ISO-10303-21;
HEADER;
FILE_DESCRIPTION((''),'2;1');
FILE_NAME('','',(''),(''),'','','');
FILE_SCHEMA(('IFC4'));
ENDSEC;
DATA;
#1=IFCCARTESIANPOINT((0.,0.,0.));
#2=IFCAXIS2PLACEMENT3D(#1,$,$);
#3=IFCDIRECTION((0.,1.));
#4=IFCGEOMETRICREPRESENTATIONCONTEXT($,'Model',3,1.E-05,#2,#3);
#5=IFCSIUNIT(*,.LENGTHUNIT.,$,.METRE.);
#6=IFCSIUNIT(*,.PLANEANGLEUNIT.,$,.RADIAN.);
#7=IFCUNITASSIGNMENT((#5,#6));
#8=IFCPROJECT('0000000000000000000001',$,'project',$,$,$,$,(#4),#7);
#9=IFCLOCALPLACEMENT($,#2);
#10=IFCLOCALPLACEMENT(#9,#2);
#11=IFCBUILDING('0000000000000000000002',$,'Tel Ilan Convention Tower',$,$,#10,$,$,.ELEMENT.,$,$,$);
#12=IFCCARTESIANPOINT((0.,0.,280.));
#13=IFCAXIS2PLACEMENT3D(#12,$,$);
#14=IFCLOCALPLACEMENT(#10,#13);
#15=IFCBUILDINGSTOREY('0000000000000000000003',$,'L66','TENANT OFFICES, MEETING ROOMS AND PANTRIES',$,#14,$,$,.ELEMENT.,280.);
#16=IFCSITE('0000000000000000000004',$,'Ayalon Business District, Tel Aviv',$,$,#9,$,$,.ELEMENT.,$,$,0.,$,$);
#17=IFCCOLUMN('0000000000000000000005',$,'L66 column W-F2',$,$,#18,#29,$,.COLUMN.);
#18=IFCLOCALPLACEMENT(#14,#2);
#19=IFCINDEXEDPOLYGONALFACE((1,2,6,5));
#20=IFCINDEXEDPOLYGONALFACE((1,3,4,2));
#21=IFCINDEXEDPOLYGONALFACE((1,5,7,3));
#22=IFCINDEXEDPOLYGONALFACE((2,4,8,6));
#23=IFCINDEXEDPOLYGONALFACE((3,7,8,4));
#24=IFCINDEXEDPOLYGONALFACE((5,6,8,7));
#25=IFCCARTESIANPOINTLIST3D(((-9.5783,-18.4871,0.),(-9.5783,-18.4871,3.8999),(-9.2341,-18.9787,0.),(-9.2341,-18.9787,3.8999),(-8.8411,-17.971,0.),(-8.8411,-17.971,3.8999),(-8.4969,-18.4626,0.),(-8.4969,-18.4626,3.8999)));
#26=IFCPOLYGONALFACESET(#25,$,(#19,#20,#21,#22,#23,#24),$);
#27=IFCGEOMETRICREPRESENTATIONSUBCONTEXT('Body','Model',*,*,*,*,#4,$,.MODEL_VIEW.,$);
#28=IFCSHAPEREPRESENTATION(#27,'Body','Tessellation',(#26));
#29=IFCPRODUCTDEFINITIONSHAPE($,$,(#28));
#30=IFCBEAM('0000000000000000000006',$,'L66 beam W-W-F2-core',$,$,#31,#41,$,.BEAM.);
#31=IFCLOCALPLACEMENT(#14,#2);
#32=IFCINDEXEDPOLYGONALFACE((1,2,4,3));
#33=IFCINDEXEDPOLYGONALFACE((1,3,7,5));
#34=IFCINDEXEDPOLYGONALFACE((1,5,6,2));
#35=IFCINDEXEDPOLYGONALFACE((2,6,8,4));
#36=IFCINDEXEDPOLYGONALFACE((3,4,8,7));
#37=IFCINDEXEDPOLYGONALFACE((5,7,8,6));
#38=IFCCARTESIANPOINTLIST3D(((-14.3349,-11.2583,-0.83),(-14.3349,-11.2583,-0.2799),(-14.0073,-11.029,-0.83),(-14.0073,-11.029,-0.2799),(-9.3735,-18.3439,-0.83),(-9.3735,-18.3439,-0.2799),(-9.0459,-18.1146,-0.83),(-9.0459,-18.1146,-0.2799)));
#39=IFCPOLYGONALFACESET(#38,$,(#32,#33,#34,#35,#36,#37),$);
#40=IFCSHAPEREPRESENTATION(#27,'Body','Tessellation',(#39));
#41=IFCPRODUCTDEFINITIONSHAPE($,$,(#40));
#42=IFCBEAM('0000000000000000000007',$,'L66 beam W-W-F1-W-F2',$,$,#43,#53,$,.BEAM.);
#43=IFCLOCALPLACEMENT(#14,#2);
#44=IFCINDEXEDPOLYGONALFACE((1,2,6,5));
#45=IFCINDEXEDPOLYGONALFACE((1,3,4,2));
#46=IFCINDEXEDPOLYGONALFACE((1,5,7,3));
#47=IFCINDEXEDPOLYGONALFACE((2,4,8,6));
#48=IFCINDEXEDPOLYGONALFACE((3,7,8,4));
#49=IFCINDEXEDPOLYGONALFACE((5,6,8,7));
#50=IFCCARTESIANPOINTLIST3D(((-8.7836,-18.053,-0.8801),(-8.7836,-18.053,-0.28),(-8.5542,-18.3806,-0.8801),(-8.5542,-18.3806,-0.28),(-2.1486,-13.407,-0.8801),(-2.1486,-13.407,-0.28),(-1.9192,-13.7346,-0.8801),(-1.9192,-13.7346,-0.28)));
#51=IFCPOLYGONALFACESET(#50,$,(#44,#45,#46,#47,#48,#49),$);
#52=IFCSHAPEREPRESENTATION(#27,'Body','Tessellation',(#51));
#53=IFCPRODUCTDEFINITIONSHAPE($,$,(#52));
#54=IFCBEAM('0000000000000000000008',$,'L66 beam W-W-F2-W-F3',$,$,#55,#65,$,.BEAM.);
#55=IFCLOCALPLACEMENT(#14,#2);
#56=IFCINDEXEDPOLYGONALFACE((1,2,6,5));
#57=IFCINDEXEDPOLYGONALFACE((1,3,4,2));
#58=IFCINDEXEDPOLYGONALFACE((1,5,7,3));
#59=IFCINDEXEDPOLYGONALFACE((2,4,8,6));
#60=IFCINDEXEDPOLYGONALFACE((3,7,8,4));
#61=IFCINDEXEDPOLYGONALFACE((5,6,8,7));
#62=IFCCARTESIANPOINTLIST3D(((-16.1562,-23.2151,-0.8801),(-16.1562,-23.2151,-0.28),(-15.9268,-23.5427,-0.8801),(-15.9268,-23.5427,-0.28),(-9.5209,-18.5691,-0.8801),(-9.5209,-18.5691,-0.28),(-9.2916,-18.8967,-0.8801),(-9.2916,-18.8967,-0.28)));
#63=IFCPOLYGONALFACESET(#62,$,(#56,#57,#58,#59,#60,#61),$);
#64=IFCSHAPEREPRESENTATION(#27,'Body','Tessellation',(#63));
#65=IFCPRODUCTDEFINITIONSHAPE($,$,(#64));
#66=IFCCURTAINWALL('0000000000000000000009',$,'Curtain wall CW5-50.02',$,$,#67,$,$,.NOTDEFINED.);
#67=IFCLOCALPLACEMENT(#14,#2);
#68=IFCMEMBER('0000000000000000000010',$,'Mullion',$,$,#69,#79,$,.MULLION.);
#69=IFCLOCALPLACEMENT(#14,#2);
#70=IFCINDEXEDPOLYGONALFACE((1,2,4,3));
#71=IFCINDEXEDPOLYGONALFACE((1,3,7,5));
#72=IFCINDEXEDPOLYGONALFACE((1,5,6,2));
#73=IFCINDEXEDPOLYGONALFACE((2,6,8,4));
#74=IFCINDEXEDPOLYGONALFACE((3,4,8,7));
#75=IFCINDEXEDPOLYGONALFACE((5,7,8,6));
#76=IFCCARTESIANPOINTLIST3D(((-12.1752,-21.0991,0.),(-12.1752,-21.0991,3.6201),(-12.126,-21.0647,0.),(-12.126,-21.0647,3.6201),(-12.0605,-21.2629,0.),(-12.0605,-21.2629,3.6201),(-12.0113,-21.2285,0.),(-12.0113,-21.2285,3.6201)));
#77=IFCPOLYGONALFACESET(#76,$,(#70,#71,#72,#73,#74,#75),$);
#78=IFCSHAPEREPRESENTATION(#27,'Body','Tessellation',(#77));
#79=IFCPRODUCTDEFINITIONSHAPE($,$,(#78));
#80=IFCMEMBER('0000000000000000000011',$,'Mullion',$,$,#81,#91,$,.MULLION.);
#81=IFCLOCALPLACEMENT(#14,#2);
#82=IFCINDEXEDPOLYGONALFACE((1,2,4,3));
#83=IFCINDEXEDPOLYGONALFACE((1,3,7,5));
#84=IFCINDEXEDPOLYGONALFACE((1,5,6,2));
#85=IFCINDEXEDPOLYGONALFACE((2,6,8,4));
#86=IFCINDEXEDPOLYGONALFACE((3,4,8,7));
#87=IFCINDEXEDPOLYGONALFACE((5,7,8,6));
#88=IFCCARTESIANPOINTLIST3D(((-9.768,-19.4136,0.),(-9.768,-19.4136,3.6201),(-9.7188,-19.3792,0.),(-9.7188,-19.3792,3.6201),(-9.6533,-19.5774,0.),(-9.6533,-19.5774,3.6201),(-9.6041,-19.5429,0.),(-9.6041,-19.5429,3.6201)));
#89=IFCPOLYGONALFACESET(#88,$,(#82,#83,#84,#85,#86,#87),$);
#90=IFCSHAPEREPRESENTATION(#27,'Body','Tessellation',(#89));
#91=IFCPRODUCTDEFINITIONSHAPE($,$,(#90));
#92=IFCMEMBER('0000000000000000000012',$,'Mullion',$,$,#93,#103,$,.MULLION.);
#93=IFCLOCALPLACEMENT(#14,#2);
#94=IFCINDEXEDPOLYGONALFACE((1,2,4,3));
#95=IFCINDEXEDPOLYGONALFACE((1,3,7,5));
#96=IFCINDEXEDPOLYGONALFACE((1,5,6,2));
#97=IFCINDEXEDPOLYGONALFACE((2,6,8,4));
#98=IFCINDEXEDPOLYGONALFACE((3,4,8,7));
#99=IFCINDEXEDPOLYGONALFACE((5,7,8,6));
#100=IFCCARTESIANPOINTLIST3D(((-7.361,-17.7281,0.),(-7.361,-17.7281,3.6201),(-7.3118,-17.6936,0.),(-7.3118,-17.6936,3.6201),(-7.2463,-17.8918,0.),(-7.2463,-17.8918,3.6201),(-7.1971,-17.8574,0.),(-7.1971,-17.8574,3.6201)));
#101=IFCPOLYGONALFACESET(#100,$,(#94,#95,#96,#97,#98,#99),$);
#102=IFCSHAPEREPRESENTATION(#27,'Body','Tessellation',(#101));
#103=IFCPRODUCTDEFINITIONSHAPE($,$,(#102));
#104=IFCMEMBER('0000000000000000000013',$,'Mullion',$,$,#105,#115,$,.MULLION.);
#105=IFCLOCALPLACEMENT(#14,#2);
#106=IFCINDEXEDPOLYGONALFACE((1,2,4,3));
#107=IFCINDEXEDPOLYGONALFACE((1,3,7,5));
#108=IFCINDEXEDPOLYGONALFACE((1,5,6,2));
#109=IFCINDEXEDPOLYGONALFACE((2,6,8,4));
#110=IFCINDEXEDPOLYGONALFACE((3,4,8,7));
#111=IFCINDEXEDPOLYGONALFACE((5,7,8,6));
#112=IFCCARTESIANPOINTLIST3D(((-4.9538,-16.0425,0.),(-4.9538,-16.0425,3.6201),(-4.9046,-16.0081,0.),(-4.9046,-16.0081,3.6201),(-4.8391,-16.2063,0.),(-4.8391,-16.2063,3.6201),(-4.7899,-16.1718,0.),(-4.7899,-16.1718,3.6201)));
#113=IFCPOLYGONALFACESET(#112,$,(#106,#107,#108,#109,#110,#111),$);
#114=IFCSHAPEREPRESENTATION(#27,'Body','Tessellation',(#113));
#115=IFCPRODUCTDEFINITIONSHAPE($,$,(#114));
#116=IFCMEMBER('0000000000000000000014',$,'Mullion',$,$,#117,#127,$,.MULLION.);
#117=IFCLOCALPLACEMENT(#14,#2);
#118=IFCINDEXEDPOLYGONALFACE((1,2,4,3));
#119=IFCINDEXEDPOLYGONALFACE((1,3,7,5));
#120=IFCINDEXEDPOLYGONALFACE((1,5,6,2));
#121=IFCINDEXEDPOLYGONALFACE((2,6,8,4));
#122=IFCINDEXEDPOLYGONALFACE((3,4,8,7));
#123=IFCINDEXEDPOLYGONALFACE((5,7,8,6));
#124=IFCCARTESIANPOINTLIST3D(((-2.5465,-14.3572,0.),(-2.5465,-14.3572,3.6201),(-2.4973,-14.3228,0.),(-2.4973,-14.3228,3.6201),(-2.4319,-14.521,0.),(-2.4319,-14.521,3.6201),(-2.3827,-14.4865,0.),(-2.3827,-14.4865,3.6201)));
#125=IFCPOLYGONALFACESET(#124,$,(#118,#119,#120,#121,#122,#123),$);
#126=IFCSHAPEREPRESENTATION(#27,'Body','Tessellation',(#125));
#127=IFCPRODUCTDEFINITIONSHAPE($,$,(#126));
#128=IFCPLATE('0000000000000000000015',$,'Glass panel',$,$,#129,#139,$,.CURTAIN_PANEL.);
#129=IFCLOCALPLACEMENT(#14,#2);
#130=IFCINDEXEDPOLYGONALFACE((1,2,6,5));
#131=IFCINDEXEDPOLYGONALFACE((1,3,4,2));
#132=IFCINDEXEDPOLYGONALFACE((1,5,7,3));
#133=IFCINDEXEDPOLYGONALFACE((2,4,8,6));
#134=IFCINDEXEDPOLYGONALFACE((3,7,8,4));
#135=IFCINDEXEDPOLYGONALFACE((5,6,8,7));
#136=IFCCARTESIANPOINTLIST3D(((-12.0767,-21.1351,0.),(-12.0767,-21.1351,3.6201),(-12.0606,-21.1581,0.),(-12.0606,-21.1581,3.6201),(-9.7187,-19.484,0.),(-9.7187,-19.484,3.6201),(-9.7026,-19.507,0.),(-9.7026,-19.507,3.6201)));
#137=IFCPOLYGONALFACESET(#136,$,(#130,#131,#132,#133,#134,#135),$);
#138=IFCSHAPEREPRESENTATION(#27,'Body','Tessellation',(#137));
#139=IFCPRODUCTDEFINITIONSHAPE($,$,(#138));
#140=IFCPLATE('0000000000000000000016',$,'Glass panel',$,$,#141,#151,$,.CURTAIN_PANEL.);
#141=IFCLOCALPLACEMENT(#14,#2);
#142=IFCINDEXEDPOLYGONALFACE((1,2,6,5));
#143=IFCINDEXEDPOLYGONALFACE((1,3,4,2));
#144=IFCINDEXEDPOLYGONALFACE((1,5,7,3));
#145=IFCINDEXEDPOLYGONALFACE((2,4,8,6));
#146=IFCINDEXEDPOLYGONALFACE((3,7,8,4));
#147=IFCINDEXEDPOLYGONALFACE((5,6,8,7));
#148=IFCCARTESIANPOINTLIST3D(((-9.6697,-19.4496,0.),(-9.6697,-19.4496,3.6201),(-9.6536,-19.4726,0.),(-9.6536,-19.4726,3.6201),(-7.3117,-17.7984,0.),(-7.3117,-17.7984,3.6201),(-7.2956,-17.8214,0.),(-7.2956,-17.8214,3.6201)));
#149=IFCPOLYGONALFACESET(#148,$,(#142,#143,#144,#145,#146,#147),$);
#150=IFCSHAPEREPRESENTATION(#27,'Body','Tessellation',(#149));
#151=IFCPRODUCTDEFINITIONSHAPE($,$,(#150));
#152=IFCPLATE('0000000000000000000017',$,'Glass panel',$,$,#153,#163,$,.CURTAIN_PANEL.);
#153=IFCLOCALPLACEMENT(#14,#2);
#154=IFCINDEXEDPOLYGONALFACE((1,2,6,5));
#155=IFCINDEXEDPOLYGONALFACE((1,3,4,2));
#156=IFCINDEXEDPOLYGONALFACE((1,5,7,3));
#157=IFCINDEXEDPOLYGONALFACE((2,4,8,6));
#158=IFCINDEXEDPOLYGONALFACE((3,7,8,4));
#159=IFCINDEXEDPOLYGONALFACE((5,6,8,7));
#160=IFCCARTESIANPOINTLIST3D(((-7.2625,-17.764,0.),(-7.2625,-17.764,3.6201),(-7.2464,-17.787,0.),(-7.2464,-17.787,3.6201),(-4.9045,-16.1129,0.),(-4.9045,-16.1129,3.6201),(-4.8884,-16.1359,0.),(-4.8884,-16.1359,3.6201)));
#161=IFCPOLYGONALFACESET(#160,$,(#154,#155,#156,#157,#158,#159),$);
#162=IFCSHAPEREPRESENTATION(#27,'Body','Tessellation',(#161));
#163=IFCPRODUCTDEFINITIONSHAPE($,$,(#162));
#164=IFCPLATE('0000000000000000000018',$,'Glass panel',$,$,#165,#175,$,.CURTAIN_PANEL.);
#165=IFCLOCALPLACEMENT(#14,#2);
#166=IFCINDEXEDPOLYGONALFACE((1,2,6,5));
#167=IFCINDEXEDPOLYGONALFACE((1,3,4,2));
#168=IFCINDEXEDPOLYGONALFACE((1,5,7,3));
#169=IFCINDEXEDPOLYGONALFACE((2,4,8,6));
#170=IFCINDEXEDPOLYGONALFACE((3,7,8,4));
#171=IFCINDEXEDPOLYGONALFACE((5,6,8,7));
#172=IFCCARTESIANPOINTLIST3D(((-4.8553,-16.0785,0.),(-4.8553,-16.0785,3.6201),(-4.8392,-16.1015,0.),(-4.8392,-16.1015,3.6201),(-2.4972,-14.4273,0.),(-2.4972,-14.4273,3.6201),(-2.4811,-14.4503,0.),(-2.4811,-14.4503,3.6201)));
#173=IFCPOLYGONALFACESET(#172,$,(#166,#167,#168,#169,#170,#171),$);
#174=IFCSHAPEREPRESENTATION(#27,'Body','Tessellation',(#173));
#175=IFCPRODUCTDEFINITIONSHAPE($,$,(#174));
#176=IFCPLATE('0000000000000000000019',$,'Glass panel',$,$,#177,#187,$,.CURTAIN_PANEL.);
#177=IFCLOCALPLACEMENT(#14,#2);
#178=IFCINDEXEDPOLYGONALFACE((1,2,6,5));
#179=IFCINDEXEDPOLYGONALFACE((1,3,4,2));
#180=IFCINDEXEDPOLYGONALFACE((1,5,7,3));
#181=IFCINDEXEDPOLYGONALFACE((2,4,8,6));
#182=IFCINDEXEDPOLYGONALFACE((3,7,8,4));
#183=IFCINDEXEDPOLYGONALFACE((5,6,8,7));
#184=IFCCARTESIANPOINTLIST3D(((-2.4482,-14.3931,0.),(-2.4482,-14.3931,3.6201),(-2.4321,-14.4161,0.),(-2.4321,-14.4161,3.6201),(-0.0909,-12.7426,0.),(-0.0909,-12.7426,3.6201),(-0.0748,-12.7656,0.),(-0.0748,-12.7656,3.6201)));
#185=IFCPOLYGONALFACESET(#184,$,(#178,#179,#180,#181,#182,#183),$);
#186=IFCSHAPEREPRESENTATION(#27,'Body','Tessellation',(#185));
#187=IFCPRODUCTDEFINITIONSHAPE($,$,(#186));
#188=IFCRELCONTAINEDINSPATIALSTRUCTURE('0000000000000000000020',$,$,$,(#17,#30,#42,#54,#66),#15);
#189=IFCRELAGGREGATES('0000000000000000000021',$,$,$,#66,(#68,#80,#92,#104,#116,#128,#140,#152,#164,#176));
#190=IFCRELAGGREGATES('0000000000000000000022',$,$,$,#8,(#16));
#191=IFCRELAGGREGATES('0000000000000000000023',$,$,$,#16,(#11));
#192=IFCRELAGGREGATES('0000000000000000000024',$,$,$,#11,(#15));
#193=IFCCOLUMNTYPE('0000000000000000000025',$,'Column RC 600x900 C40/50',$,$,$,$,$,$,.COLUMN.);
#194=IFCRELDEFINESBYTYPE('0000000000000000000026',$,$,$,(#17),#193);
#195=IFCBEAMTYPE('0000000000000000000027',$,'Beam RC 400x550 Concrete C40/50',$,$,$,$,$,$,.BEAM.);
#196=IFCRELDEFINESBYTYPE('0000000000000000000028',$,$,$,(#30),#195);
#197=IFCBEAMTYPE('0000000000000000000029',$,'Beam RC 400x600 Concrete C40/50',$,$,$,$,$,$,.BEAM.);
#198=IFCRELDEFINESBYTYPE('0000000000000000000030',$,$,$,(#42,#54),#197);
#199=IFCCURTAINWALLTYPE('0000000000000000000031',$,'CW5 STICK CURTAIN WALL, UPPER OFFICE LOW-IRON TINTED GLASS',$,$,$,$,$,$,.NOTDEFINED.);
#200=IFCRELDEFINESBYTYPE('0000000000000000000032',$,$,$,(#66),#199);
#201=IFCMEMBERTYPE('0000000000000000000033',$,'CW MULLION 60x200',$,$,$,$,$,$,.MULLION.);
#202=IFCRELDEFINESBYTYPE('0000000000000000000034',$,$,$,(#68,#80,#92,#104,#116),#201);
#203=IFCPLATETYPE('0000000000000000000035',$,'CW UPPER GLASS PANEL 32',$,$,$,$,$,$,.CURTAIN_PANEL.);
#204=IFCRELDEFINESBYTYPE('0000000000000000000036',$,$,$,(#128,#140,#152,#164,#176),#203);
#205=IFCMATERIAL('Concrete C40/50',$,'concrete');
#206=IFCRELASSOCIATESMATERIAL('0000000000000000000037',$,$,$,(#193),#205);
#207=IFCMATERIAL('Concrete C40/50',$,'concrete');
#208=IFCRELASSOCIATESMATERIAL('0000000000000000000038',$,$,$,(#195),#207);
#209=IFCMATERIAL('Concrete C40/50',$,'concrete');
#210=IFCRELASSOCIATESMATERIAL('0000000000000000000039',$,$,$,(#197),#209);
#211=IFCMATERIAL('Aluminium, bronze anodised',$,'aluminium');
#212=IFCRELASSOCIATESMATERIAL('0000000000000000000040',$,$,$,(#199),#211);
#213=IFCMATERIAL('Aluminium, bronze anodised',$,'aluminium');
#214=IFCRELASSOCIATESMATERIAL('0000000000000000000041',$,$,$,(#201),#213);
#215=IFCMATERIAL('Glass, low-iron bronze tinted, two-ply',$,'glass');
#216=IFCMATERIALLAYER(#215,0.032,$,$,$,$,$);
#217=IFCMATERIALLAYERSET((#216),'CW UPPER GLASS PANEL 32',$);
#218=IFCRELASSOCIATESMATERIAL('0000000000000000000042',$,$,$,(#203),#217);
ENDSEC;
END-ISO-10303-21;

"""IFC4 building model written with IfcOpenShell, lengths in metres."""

from ifc_helpers import new_model, si_unit, direction, frame, origin, origin_2d, place, context, subcontext, project, spatial, rectangle, extrude, material, layer, layer_set, material_profile, profile_set, type_object, element, aggregate, save


model = new_model("IFC4")

# Units and contexts
model_context = context("Model", 3, precision=1e-05, world=origin(), true_north=direction((0.0, 1.0)))
body_context = subcontext(model_context, "Body", "Model", "MODEL_VIEW")
ifc_project = project(units=[si_unit("LENGTHUNIT", "METRE"), si_unit("PLANEANGLEUNIT", "RADIAN")], contexts=[model_context])

# Site, building, storey
site_placement = place(None, origin())
site = spatial("IfcSite", under=ifc_project, at=site_placement, Name="Ayalon Business District, Tel Aviv", CompositionType="ELEMENT", RefElevation=0.0)
building_placement = place(site_placement, origin())
building = spatial("IfcBuilding", under=site, at=building_placement, Name="Tel Ilan Convention Tower", CompositionType="ELEMENT")
storey_placement = place(building_placement, frame((0.0, 0.0, 280.0)))
storey = spatial("IfcBuildingStorey", under=building, at=storey_placement, Name="L66", Description="TENANT OFFICES, MEETING ROOMS AND PANTRIES", CompositionType="ELEMENT", Elevation=280.0)

# Column
ifc_material_1 = material(Name="Concrete C40/50", Category="concrete")
ifc_material_profile_1 = material_profile(ifc_material_1, rectangle(XDim=0.8999, YDim=0.6001, at=origin_2d()), Name="RC 600x900")
ifc_profile_set_1 = profile_set([ifc_material_profile_1], Name="Concrete C40/50")
column_type = type_object("IfcColumnType", Name="Column RC 600x900 C40/50", PredefinedType="COLUMN", material=ifc_profile_set_1)
column_placement = place(storey_placement, frame((-9.0376, -18.4749, 0.0), z_axis=(0.0, 0.0, 1.0), x_axis=(-0.819152, -0.573576, 0.0)))
element("IfcColumn", 1, at=column_placement, inside=storey, type_object=column_type, Name="L66 column W-F2", PredefinedType="COLUMN", context=body_context, shape_type="SweptSolid", body=[
    extrude(rectangle(XDim=0.8999, YDim=0.6001, at=origin_2d()), origin(), (0.0, 0.0, 1.0), 3.8999),
])

# Beams
ifc_material_2 = material(Name="Concrete C40/50", Category="concrete")
ifc_material_profile_2 = material_profile(ifc_material_2, rectangle(XDim=0.3999, YDim=0.55, at=origin_2d()), Name="RC 400x550")
ifc_profile_set_2 = profile_set([ifc_material_profile_2], Name="Concrete C40/50")
beam_type_1 = type_object("IfcBeamType", Name="Beam RC 400x550 Concrete C40/50", PredefinedType="BEAM", material=ifc_profile_set_2)
beam_1_placement = place(storey_placement, frame((-9.2097, -18.2292, -0.5549), z_axis=(-0.573574, 0.819154, 0.0), x_axis=(-0.819154, -0.573574, 0.0)))
element("IfcBeam", 2, at=beam_1_placement, inside=storey, type_object=beam_type_1, Name="L66 beam W-W-F2-core", PredefinedType="BEAM", context=body_context, shape_type="SweptSolid", body=[
    extrude(rectangle(XDim=0.3999, YDim=0.55, at=origin_2d()), origin(), (0.0, 0.0, 1.0), 8.6499),
])
ifc_material_3 = material(Name="Concrete C40/50", Category="concrete")
ifc_material_profile_3 = material_profile(ifc_material_3, rectangle(XDim=0.3999, YDim=0.6001, at=origin_2d()), Name="RC 400x600")
ifc_profile_set_3 = profile_set([ifc_material_profile_3], Name="Concrete C40/50")
beam_type_2 = type_object("IfcBeamType", Name="Beam RC 400x600 Concrete C40/50", PredefinedType="BEAM", material=ifc_profile_set_3)
beam_2_placement = place(storey_placement, frame((-2.0339, -13.5708, -0.5801), z_axis=(-0.819146, -0.573586, 0.0), x_axis=(0.573586, -0.819146, 0.0)))
element("IfcBeam", 3, at=beam_2_placement, inside=storey, type_object=beam_type_2, Name="L66 beam W-W-F1-W-F2", PredefinedType="BEAM", context=body_context, shape_type="SweptSolid", body=[
    extrude(rectangle(XDim=0.3999, YDim=0.6001, at=origin_2d()), origin(), (0.0, 0.0, 1.0), 8.0999),
])
beam_3_placement = place(storey_placement, frame((-9.4062, -18.7329, -0.5801), z_axis=(-0.819155, -0.573572, 0.0), x_axis=(0.573572, -0.819155, 0.0)))
element("IfcBeam", 4, at=beam_3_placement, inside=storey, type_object=beam_type_2, Name="L66 beam W-W-F2-W-F3", PredefinedType="BEAM", context=body_context, shape_type="SweptSolid", body=[
    extrude(rectangle(XDim=0.3999, YDim=0.6001, at=origin_2d()), origin(), (0.0, 0.0, 1.0), 8.1001),
])

# Curtain wall, members, plates
ifc_material_4 = material(Name="Aluminium, bronze anodised", Category="aluminium")
curtain_wall_type = type_object("IfcCurtainWallType", Name="CW5 STICK CURTAIN WALL, UPPER OFFICE LOW-IRON TINTED GLASS", PredefinedType="NOTDEFINED", material=ifc_material_4)
curtain_wall_placement = place(storey_placement, origin())
curtain_wall = element("IfcCurtainWall", 5, at=curtain_wall_placement, inside=storey, type_object=curtain_wall_type, Name="Curtain wall CW5-50.02", PredefinedType="NOTDEFINED")
ifc_material_5 = material(Name="Aluminium, bronze anodised", Category="aluminium")
ifc_material_profile_4 = material_profile(ifc_material_5, rectangle(XDim=0.0601, YDim=0.2, at=origin_2d()), Name="CW MULLION 60x200")
ifc_profile_set_4 = profile_set([ifc_material_profile_4], Name="Aluminium, bronze anodised")
member_type = type_object("IfcMemberType", Name="CW MULLION 60x200", PredefinedType="MULLION", material=ifc_profile_set_4)
member_1_placement = place(storey_placement, frame((-12.0933, -21.1638, 0.0), z_axis=(0.0, 0.0, 1.0), x_axis=(0.819152, 0.573576, 0.0)))
member_1 = element("IfcMember", 6, at=member_1_placement, type_object=member_type, Name="Mullion", PredefinedType="MULLION", context=body_context, shape_type="SweptSolid", body=[
    extrude(rectangle(XDim=0.0601, YDim=0.2, at=origin_2d()), origin(), (0.0, 0.0, 1.0), 3.6201),
])
member_2_placement = place(storey_placement, frame((-9.686, -19.4783, 0.0), z_axis=(0.0, 0.0, 1.0), x_axis=(0.819152, 0.573576, 0.0)))
member_2 = element("IfcMember", 7, at=member_2_placement, type_object=member_type, Name="Mullion", PredefinedType="MULLION", context=body_context, shape_type="SweptSolid", body=[
    extrude(rectangle(XDim=0.0601, YDim=0.2, at=origin_2d()), origin(), (0.0, 0.0, 1.0), 3.6201),
])
member_3_placement = place(storey_placement, frame((-7.2791, -17.7927, 0.0), z_axis=(0.0, 0.0, 1.0), x_axis=(0.819152, 0.573576, 0.0)))
member_3 = element("IfcMember", 8, at=member_3_placement, type_object=member_type, Name="Mullion", PredefinedType="MULLION", context=body_context, shape_type="SweptSolid", body=[
    extrude(rectangle(XDim=0.0601, YDim=0.2, at=origin_2d()), origin(), (0.0, 0.0, 1.0), 3.6201),
])
member_4_placement = place(storey_placement, frame((-4.8718, -16.1072, 0.0), z_axis=(0.0, 0.0, 1.0), x_axis=(0.819152, 0.573576, 0.0)))
member_4 = element("IfcMember", 9, at=member_4_placement, type_object=member_type, Name="Mullion", PredefinedType="MULLION", context=body_context, shape_type="SweptSolid", body=[
    extrude(rectangle(XDim=0.0601, YDim=0.2, at=origin_2d()), origin(), (0.0, 0.0, 1.0), 3.6201),
])
member_5_placement = place(storey_placement, frame((-2.4646, -14.4219, 0.0), z_axis=(0.0, 0.0, 1.0), x_axis=(0.819152, 0.573576, 0.0)))
member_5 = element("IfcMember", 10, at=member_5_placement, type_object=member_type, Name="Mullion", PredefinedType="MULLION", context=body_context, shape_type="SweptSolid", body=[
    extrude(rectangle(XDim=0.0601, YDim=0.2, at=origin_2d()), origin(), (0.0, 0.0, 1.0), 3.6201),
])
ifc_material_6 = material(Name="Glass, low-iron bronze tinted, two-ply", Category="glass")
ifc_layer_1 = layer(ifc_material_6, 0.032)
ifc_layer_set_1 = layer_set([ifc_layer_1], Name="CW UPPER GLASS PANEL 32")
plate_type = type_object("IfcPlateType", Name="CW UPPER GLASS PANEL 32", PredefinedType="CURTAIN_PANEL", material=ifc_layer_set_1)
plate_1_placement = place(storey_placement, frame((-10.8896, -20.321, 0.0), z_axis=(0.0, 0.0, 1.0), x_axis=(0.819152, 0.573576, 0.0)))
plate_1 = element("IfcPlate", 11, at=plate_1_placement, type_object=plate_type, Name="Glass panel", PredefinedType="CURTAIN_PANEL", context=body_context, shape_type="SweptSolid", body=[
    extrude(rectangle(XDim=2.8787, YDim=0.0281, at=origin_2d()), origin(), (0.0, 0.0, 1.0), 3.6201),
])
plate_2_placement = place(storey_placement, frame((-8.4827, -18.6355, 0.0), z_axis=(0.0, 0.0, 1.0), x_axis=(0.819152, 0.573576, 0.0)))
plate_2 = element("IfcPlate", 12, at=plate_2_placement, type_object=plate_type, Name="Glass panel", PredefinedType="CURTAIN_PANEL", context=body_context, shape_type="SweptSolid", body=[
    extrude(rectangle(XDim=2.8787, YDim=0.0281, at=origin_2d()), origin(), (0.0, 0.0, 1.0), 3.6201),
])
plate_3_placement = place(storey_placement, frame((-6.0754, -16.95, 0.0), z_axis=(0.0, 0.0, 1.0), x_axis=(0.819152, 0.573576, 0.0)))
plate_3 = element("IfcPlate", 13, at=plate_3_placement, type_object=plate_type, Name="Glass panel", PredefinedType="CURTAIN_PANEL", context=body_context, shape_type="SweptSolid", body=[
    extrude(rectangle(XDim=2.8787, YDim=0.0281, at=origin_2d()), origin(), (0.0, 0.0, 1.0), 3.6201),
])
plate_4_placement = place(storey_placement, frame((-3.6682, -15.2644, 0.0), z_axis=(0.0, 0.0, 1.0), x_axis=(0.819152, 0.573576, 0.0)))
plate_4 = element("IfcPlate", 14, at=plate_4_placement, type_object=plate_type, Name="Glass panel", PredefinedType="CURTAIN_PANEL", context=body_context, shape_type="SweptSolid", body=[
    extrude(rectangle(XDim=2.8787, YDim=0.0281, at=origin_2d()), origin(), (0.0, 0.0, 1.0), 3.6201),
])
plate_5_placement = place(storey_placement, frame((-1.2615, -13.5793, 0.0), z_axis=(0.0, 0.0, 1.0), x_axis=(0.819152, 0.573576, 0.0)))
plate_5 = element("IfcPlate", 15, at=plate_5_placement, type_object=plate_type, Name="Glass panel", PredefinedType="CURTAIN_PANEL", context=body_context, shape_type="SweptSolid", body=[
    extrude(rectangle(XDim=2.8777, YDim=0.0281, at=origin_2d()), origin(), (0.0, 0.0, 1.0), 3.6201),
])
aggregate(curtain_wall, [member_1, member_2, member_3, member_4, member_5, plate_1, plate_2, plate_3, plate_4, plate_5])

save(model, "model.ifc")
